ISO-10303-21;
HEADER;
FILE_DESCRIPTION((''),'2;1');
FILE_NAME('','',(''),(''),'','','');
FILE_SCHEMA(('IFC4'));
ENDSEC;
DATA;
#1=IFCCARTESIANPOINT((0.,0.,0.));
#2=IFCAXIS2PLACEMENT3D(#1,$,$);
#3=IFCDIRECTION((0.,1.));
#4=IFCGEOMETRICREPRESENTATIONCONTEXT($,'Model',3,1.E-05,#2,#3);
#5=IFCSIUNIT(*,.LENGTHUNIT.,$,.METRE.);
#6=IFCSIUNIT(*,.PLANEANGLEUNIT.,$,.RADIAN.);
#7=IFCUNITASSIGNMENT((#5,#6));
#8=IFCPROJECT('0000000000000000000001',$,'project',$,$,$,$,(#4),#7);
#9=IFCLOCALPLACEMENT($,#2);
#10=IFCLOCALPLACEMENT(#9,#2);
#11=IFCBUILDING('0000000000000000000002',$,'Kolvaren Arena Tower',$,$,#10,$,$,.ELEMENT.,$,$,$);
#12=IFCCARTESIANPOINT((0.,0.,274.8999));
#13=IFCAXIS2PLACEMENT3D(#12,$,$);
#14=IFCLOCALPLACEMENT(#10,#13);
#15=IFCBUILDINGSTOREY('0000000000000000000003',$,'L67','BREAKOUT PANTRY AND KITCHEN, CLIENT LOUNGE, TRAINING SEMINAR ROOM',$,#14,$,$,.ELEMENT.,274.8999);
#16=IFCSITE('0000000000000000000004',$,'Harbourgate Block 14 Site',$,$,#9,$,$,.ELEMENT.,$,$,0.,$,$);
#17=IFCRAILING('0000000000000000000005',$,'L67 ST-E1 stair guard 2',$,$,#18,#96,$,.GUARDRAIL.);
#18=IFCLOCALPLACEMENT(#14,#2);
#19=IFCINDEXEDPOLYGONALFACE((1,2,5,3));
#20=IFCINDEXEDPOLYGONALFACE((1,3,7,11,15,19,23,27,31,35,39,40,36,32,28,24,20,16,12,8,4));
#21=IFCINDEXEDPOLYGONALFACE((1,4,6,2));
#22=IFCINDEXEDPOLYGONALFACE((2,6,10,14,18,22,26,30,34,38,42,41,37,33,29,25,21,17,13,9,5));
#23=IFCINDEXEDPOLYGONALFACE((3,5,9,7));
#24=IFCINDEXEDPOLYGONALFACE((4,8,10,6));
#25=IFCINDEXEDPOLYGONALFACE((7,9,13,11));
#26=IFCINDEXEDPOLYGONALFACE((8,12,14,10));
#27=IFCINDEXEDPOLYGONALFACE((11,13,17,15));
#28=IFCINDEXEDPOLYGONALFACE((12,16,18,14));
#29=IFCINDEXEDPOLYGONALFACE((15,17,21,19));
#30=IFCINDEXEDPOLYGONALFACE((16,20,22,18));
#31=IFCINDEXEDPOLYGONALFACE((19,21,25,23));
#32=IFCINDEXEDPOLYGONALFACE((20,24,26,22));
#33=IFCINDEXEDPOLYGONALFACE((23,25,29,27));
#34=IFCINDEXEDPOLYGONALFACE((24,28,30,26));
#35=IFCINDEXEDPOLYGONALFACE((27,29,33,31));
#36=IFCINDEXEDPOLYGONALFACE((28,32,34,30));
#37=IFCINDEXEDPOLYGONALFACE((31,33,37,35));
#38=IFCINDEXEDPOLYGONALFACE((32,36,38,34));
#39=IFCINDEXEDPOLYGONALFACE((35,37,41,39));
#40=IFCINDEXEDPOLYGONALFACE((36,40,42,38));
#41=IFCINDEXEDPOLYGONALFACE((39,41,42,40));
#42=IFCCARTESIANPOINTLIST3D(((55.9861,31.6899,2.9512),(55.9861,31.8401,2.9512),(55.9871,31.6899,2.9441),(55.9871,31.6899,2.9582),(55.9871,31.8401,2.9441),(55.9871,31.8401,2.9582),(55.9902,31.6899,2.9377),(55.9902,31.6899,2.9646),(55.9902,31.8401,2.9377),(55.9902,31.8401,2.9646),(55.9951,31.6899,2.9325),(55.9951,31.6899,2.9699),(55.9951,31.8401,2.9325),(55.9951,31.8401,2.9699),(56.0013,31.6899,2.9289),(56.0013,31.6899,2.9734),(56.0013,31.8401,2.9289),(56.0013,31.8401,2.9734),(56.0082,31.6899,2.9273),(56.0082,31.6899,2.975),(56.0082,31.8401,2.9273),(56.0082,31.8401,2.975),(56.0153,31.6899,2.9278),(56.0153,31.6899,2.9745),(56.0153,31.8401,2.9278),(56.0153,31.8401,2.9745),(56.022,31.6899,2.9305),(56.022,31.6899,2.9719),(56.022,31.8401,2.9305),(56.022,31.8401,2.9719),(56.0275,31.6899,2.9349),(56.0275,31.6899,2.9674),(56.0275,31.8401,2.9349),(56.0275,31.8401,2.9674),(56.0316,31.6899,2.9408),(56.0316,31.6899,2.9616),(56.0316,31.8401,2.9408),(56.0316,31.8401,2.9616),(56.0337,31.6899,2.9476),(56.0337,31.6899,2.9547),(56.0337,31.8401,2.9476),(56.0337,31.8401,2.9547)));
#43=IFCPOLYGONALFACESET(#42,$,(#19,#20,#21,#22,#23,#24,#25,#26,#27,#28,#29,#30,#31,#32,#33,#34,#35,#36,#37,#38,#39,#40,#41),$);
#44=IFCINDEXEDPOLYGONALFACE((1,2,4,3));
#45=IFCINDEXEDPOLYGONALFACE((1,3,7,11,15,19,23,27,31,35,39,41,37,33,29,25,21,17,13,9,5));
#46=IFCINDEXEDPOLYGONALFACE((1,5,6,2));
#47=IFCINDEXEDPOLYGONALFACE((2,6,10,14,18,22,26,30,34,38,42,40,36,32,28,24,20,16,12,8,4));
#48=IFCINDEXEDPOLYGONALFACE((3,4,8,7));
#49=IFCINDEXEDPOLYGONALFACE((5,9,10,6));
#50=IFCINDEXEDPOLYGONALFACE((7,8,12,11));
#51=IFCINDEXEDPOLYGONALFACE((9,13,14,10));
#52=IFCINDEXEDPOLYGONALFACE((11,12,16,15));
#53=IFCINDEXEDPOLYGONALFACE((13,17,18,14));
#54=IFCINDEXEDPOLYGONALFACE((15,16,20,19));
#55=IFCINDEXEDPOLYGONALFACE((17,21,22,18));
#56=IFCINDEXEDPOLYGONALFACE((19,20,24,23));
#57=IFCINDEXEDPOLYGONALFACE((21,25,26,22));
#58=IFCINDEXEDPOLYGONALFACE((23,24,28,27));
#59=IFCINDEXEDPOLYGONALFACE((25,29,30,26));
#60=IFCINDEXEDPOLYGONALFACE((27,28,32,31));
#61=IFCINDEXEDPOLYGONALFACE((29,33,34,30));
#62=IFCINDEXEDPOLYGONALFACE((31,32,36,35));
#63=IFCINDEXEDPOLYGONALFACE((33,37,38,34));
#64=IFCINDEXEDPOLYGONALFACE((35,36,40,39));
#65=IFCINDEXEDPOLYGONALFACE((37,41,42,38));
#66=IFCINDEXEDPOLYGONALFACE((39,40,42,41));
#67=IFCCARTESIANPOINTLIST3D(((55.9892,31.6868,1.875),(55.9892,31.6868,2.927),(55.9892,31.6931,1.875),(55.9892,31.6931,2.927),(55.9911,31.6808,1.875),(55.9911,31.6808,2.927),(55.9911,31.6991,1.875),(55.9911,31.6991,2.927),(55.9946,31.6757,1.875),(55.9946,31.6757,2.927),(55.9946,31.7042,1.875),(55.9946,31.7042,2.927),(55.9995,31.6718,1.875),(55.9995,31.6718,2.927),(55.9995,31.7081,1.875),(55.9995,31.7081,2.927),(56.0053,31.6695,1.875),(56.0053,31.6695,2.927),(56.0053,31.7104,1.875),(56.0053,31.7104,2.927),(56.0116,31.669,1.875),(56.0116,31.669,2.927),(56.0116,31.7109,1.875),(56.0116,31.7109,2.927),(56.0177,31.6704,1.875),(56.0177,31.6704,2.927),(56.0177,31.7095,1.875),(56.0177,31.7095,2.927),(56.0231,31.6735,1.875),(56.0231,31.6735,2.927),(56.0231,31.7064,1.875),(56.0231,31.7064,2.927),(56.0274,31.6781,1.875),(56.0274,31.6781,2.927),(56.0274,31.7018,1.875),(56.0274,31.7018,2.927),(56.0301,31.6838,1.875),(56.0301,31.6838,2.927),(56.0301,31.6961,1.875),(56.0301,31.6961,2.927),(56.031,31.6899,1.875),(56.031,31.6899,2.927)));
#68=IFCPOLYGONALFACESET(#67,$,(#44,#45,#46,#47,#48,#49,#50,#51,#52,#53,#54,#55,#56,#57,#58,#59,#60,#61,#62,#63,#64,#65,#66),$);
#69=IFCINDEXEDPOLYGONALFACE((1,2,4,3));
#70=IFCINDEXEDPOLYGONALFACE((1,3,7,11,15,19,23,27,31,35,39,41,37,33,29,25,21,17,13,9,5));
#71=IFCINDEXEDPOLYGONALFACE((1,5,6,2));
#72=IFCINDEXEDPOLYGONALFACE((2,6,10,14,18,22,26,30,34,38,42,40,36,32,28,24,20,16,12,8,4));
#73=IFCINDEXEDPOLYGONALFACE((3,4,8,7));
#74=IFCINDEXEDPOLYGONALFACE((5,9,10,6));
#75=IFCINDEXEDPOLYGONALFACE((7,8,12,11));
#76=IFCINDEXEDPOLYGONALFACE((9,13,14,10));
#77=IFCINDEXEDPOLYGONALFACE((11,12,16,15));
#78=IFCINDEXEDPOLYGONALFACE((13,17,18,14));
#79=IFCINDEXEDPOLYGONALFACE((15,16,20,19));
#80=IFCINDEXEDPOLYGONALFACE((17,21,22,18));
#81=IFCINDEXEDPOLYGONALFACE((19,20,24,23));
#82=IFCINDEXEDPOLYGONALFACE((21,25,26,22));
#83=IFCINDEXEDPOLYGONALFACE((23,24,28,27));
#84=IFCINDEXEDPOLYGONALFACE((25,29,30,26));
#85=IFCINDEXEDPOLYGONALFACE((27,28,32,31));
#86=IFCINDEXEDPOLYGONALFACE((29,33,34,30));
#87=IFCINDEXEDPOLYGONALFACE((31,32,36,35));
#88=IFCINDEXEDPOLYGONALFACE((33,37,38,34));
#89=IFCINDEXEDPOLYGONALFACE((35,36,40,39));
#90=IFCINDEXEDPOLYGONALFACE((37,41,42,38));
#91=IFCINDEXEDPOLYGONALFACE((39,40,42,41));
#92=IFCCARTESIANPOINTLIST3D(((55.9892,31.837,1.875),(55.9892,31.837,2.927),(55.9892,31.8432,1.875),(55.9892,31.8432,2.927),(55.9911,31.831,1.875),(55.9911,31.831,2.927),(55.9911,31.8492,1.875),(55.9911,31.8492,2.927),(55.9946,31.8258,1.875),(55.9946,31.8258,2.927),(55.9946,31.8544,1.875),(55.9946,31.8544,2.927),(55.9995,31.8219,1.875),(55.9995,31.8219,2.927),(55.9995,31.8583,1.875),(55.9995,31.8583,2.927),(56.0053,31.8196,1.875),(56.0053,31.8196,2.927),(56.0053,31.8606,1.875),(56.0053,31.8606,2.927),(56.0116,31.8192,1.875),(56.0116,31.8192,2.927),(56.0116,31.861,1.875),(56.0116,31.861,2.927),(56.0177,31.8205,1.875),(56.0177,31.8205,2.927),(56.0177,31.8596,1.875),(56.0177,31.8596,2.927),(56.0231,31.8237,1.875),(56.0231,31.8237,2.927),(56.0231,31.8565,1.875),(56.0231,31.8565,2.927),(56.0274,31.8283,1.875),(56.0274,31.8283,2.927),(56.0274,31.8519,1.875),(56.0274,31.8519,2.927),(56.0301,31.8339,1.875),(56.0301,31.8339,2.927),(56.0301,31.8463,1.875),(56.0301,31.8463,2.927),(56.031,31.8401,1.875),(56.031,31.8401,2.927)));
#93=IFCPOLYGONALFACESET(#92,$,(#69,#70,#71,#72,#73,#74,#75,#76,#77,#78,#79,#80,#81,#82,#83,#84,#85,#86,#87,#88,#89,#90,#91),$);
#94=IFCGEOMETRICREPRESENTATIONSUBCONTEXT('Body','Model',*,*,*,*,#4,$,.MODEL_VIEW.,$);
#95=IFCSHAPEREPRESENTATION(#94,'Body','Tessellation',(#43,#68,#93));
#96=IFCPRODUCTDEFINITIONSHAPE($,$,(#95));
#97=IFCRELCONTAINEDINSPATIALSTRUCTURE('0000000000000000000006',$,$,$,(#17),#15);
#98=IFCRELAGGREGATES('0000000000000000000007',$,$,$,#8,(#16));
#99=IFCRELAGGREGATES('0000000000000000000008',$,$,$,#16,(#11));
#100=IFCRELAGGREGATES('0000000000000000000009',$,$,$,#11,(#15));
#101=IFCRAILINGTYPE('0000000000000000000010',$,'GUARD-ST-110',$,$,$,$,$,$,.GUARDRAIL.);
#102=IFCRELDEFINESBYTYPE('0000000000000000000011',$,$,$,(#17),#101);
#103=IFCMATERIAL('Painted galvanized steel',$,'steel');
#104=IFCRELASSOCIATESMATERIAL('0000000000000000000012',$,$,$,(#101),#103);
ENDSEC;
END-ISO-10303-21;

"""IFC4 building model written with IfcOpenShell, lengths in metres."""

from ifc_helpers import new_model, si_unit, direction, frame, origin, origin_2d, place, context, subcontext, project, spatial, circle, extrude, material, type_object, element, save


model = new_model("IFC4")

# Units and contexts
model_context = context("Model", 3, precision=1e-05, world=origin(), true_north=direction((0.0, 1.0)))
body_context = subcontext(model_context, "Body", "Model", "MODEL_VIEW")
ifc_project = project(units=[si_unit("LENGTHUNIT", "METRE"), si_unit("PLANEANGLEUNIT", "RADIAN")], contexts=[model_context])

# Site, building, storey
site_placement = place(None, origin())
site = spatial("IfcSite", under=ifc_project, at=site_placement, Name="Harbourgate Block 14 Site", CompositionType="ELEMENT", RefElevation=0.0)
building_placement = place(site_placement, origin())
building = spatial("IfcBuilding", under=site, at=building_placement, Name="Kolvaren Arena Tower", CompositionType="ELEMENT")
storey_placement = place(building_placement, frame((0.0, 0.0, 274.8999)))
storey = spatial("IfcBuildingStorey", under=building, at=storey_placement, Name="L67", Description="BREAKOUT PANTRY AND KITCHEN, CLIENT LOUNGE, TRAINING SEMINAR ROOM", CompositionType="ELEMENT", Elevation=274.8999)

# Railing
ifc_material_1 = material(Name="Painted galvanized steel", Category="steel")
railing_type_1 = type_object("IfcRailingType", Name="GUARD-ST-110", PredefinedType="GUARDRAIL", material=ifc_material_1)
railing_1_placement = place(storey_placement, frame((56.01, 31.6899, 1.875)))
element("IfcRailing", 1, at=railing_1_placement, inside=storey, type_object=railing_type_1, Name="L67 ST-E1 stair guard 2", PredefinedType="GUARDRAIL", context=body_context, shape_type="SweptSolid", body=[
    extrude(circle(Radius=0.0239, at=origin_2d()), frame((0.0, 0.0, 1.0762), z_axis=(0.0, 1.0, 0.0), x_axis=(-1.0, 0.0, 0.0)), (0.0, 0.0, 1.0), 0.1501),
    extrude(circle(Radius=0.021, at=origin_2d()), origin(), (0.0, 0.0, 1.0), 1.052),
    extrude(circle(Radius=0.021, at=origin_2d()), frame((0.0, 0.1501, 0.0)), (0.0, 0.0, 1.0), 1.052),
])

save(model, "model.ifc")
